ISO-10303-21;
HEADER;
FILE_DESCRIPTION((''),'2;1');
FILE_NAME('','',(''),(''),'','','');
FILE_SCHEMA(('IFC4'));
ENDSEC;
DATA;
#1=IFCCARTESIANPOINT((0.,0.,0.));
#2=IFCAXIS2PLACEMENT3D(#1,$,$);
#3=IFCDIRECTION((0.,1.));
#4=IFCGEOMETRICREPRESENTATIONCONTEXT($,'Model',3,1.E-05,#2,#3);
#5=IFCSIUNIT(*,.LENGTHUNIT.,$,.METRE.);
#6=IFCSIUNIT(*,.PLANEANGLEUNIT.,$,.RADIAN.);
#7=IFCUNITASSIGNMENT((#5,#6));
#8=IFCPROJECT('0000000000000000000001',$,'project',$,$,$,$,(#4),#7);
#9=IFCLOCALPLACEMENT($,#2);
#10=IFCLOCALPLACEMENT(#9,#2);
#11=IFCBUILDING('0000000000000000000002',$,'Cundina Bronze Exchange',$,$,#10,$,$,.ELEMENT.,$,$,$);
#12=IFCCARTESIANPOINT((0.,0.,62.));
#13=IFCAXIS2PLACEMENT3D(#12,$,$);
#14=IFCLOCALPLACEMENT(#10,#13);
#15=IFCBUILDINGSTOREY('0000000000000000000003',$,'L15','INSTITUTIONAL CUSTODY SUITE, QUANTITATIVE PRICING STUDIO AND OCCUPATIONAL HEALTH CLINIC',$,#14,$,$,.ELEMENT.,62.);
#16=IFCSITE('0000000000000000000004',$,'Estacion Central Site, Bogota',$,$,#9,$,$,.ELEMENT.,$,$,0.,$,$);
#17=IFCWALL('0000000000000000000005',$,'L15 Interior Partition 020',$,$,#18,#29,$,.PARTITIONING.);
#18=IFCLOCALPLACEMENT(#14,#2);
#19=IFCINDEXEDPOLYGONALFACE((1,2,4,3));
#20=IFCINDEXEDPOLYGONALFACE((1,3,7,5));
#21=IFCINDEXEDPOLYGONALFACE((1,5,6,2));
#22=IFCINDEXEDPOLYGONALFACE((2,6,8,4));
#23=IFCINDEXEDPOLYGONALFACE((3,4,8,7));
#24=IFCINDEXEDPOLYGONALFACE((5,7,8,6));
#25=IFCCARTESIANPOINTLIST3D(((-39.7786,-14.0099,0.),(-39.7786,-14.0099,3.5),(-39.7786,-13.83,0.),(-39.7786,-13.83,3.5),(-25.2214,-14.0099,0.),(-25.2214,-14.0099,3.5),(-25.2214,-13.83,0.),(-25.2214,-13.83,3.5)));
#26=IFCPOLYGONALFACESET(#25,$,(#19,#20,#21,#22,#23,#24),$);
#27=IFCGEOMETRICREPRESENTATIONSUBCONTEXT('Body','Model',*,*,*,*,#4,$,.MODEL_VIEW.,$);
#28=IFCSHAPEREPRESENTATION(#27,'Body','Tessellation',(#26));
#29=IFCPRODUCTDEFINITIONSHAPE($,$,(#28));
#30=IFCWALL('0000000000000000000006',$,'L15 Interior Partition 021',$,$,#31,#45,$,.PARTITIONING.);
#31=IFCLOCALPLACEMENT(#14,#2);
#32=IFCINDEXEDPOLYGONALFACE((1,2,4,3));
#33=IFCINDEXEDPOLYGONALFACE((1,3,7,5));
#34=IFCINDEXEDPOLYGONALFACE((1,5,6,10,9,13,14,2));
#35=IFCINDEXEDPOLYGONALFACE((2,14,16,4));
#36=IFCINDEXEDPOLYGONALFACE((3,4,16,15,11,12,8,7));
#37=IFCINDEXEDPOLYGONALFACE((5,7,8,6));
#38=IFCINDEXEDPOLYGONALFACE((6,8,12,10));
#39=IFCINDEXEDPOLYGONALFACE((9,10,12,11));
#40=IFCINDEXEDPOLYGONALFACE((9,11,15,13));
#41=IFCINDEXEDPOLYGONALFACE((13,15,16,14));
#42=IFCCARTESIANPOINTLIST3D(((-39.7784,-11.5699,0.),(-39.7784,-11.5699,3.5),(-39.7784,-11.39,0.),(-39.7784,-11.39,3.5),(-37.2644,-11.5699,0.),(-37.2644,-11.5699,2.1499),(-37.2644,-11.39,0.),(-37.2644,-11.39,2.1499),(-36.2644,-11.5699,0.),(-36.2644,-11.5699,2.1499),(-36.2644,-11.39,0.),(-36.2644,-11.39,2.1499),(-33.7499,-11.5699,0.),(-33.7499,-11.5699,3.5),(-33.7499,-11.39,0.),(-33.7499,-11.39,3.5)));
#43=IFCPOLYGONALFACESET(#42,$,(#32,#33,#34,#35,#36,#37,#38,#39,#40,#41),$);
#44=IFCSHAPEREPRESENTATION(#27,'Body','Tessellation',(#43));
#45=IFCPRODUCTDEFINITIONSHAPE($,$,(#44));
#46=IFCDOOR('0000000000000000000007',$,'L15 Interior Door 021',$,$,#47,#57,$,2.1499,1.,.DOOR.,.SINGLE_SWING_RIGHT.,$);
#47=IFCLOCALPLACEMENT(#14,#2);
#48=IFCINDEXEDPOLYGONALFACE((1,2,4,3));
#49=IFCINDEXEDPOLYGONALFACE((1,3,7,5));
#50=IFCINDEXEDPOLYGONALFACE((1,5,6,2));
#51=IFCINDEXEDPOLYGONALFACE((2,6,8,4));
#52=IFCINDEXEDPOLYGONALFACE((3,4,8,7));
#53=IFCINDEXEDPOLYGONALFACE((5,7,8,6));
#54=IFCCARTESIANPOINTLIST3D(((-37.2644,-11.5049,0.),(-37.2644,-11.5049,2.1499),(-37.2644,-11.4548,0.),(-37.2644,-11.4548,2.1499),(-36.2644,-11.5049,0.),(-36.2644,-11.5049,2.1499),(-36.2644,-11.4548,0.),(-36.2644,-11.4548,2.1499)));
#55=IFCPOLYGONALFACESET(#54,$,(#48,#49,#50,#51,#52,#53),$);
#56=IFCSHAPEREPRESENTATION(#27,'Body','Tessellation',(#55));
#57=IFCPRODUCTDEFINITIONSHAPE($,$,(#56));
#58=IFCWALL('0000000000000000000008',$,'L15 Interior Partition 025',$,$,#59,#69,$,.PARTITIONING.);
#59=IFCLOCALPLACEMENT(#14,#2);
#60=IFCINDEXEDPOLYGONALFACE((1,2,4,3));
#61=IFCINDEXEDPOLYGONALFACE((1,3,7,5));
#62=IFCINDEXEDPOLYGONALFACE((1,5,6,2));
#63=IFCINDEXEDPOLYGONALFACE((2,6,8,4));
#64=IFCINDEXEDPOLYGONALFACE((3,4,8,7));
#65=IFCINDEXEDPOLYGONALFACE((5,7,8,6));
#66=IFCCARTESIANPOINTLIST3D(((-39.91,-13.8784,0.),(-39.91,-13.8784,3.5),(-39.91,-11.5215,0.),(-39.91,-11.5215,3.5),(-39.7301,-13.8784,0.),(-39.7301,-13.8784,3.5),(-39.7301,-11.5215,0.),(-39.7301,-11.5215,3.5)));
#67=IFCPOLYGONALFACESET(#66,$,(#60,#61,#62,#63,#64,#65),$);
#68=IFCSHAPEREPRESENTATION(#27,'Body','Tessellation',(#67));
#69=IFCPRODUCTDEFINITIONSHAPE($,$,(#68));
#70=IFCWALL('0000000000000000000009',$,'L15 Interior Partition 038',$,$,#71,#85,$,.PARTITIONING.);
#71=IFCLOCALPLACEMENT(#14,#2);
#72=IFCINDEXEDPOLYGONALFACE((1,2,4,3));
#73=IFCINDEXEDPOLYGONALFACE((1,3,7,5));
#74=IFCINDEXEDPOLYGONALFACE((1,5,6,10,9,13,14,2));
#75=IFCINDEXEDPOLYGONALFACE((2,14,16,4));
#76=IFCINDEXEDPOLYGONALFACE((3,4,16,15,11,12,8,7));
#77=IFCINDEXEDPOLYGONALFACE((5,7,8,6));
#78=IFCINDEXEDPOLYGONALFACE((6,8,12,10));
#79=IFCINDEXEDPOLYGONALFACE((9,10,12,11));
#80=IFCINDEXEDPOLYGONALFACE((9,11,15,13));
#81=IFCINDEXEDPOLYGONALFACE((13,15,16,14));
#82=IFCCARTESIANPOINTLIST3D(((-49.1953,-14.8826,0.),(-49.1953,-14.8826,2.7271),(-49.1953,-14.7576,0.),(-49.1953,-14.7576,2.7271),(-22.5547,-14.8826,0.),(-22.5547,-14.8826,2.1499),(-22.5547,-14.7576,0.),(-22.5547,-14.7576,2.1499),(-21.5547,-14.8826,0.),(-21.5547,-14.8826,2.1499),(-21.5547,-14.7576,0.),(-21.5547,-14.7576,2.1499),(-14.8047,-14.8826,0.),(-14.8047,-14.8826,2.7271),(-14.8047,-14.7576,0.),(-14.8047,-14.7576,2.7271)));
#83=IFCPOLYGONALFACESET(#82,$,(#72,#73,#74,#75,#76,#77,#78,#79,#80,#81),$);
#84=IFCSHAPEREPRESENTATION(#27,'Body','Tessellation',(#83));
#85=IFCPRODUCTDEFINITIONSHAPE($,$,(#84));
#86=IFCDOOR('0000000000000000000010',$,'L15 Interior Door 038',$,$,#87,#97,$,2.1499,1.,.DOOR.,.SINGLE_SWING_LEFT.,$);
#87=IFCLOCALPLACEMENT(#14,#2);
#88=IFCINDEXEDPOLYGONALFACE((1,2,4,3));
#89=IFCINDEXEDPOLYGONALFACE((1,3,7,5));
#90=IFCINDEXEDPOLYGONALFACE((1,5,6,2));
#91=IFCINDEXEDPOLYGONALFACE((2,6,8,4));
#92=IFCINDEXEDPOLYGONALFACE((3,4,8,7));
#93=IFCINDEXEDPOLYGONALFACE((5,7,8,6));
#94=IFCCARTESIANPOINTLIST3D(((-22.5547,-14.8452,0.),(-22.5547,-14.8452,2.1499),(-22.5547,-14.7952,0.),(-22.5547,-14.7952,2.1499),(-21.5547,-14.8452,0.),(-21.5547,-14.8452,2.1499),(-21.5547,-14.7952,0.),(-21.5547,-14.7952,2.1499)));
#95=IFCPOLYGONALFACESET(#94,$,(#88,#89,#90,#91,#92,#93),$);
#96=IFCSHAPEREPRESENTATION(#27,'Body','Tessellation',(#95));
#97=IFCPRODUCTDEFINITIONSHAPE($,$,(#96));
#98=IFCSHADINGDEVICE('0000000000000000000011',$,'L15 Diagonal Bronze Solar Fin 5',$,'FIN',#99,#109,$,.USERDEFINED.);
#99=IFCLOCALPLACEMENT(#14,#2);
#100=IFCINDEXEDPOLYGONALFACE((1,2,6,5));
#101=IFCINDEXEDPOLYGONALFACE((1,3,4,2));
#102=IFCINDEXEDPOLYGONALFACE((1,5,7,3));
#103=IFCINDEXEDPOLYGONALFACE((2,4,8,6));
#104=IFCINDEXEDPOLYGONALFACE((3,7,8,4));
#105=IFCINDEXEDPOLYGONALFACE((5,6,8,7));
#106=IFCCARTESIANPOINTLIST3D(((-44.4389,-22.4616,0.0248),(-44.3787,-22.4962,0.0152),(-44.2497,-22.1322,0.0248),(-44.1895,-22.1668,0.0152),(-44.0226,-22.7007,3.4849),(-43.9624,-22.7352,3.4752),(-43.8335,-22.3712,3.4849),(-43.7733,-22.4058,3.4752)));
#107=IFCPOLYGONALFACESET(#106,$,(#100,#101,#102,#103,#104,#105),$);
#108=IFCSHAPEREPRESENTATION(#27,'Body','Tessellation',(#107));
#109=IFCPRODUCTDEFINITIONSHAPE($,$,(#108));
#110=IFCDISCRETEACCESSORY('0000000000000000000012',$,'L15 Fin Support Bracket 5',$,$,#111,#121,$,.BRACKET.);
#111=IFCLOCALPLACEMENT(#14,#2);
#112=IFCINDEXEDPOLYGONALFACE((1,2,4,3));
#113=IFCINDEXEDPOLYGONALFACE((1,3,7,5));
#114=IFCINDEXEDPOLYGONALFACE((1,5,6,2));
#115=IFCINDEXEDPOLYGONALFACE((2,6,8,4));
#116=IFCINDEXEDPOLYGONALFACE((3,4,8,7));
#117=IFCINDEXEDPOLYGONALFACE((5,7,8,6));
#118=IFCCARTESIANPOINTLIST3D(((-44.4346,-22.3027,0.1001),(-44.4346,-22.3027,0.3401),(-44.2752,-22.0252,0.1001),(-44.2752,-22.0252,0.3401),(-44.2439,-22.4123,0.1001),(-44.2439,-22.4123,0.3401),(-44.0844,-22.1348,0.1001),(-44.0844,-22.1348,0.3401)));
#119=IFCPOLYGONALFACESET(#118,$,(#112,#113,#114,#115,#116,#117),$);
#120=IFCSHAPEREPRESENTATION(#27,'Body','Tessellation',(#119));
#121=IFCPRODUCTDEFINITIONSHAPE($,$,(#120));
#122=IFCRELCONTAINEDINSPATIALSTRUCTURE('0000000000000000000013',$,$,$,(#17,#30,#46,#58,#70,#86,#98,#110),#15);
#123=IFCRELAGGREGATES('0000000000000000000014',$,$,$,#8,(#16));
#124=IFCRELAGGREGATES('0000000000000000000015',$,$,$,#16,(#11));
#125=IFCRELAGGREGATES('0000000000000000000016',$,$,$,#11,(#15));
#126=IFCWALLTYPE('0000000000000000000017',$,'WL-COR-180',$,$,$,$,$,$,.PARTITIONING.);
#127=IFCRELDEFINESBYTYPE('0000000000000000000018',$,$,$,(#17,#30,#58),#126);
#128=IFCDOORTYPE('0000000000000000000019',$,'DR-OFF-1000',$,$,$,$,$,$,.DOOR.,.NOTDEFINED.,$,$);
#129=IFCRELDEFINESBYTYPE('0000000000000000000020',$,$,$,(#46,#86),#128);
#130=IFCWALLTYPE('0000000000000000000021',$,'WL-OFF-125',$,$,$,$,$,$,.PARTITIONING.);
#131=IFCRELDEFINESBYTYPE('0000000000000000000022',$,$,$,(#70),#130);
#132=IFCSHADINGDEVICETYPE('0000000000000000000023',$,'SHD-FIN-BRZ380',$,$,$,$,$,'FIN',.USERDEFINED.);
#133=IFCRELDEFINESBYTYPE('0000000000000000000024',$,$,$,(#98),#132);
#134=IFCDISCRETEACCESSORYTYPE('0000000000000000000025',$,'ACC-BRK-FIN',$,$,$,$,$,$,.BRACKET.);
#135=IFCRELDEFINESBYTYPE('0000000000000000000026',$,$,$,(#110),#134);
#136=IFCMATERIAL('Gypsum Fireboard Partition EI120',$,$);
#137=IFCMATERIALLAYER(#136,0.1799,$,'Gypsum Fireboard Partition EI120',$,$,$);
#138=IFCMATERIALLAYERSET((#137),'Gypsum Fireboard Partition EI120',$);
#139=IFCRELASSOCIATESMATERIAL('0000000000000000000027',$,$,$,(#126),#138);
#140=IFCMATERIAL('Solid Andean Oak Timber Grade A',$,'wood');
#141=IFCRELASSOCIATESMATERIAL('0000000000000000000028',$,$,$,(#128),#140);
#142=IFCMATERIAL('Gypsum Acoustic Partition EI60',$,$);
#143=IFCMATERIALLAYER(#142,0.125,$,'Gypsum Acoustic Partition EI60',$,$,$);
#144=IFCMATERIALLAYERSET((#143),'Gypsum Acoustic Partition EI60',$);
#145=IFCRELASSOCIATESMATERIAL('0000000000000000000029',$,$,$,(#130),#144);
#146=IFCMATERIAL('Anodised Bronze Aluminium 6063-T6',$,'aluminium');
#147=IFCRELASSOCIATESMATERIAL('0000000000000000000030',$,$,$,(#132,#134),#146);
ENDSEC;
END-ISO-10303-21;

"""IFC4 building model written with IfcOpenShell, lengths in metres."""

from ifc_helpers import new_model, si_unit, direction, frame, frame_2d, origin, origin_2d, place, context, subcontext, project, spatial, rectangle, extrude, material, layer, layer_set, material_profile, profile_set, type_object, element, fill, save


model = new_model("IFC4")

# Units and contexts
model_context = context("Model", 3, precision=1e-05, world=origin(), true_north=direction((0.0, 1.0)))
body_context = subcontext(model_context, "Body", "Model", "MODEL_VIEW")
ifc_project = project(units=[si_unit("LENGTHUNIT", "METRE"), si_unit("PLANEANGLEUNIT", "RADIAN")], contexts=[model_context])

# Site, building, storey
site_placement = place(None, origin())
site = spatial("IfcSite", under=ifc_project, at=site_placement, Name="Estacion Central Site, Bogota", CompositionType="ELEMENT", RefElevation=0.0)
building_placement = place(site_placement, origin())
building = spatial("IfcBuilding", under=site, at=building_placement, Name="Cundina Bronze Exchange", CompositionType="ELEMENT")
storey_placement = place(building_placement, frame((0.0, 0.0, 62.0)))
storey = spatial("IfcBuildingStorey", under=building, at=storey_placement, Name="L15", Description="INSTITUTIONAL CUSTODY SUITE, QUANTITATIVE PRICING STUDIO AND OCCUPATIONAL HEALTH CLINIC", CompositionType="ELEMENT", Elevation=62.0)

# Shared definitions
ifc_material_1 = material(Name="Anodised Bronze Aluminium 6063-T6", Category="aluminium")

# Wall
ifc_material_2 = material(Name="Gypsum Fireboard Partition EI120")
ifc_layer_1 = layer(ifc_material_2, 0.1799, Name="Gypsum Fireboard Partition EI120")
ifc_layer_set_1 = layer_set([ifc_layer_1], Name="Gypsum Fireboard Partition EI120")
wall_type_1 = type_object("IfcWallType", Name="WL-COR-180", PredefinedType="PARTITIONING", material=ifc_layer_set_1)
wall_1_placement = place(storey_placement, frame((-39.7786, -13.9199, 0.0), z_axis=(0.0, 0.0, 1.0), x_axis=(1.0, 0.0, 0.0)))
element("IfcWall", 1, at=wall_1_placement, inside=storey, type_object=wall_type_1, Name="L15 Interior Partition 020", PredefinedType="PARTITIONING", context=body_context, shape_type="SweptSolid", body=[
    extrude(rectangle(XDim=14.5571, YDim=0.1799, at=frame_2d((7.2786, 0.0))), origin(), (0.0, 0.0, 1.0), 3.5),
])

# Wall, opening, door
wall_2_placement = place(storey_placement, frame((-33.75, -11.48, 0.0), z_axis=(0.0, 0.0, 1.0), x_axis=(-1.0, 0.0, 0.0)))
wall_2 = element("IfcWall", 2, at=wall_2_placement, inside=storey, type_object=wall_type_1, Name="L15 Interior Partition 021", PredefinedType="PARTITIONING", context=body_context, shape_type="SweptSolid", body=[
    extrude(rectangle(XDim=6.0286, YDim=0.1799, at=frame_2d((3.0142, 0.0))), origin(), (0.0, 0.0, 1.0), 3.5),
])
opening_1_placement = place(wall_2_placement, frame((2.5144, 0.0, 0.0)))
opening_1 = element("IfcOpeningElement", 3, at=opening_1_placement, cuts=wall_2, PredefinedType="OPENING", context=body_context, shape_type="SweptSolid", body=[
    extrude(rectangle(XDim=1.0, YDim=2.1499, at=frame_2d((0.5, 1.075))), frame((0.0, 0.0999, 0.0), z_axis=(0.0, -1.0, 0.0), x_axis=(1.0, 0.0, 0.0)), (0.0, 0.0, 1.0), 0.2),
])
ifc_material_3 = material(Name="Solid Andean Oak Timber Grade A", Category="wood")
door_type = type_object("IfcDoorType", Name="DR-OFF-1000", OperationType="NOTDEFINED", PredefinedType="DOOR", material=ifc_material_3)
door_1_placement = place(opening_1_placement, origin())
door_1 = element("IfcDoor", 4, at=door_1_placement, inside=storey, type_object=door_type, Name="L15 Interior Door 021", OperationType="SINGLE_SWING_RIGHT", OverallHeight=2.1499, OverallWidth=1.0, PredefinedType="DOOR", context=body_context, shape_type="SweptSolid", body=[
    extrude(rectangle(XDim=1.0, YDim=2.1499, at=frame_2d((0.5, 1.075))), frame((0.0, 0.0249, 0.0), z_axis=(0.0, -1.0, 0.0), x_axis=(1.0, 0.0, 0.0)), (0.0, 0.0, 1.0), 0.05),
])
fill(opening_1, door_1)

# Wall
wall_3_placement = place(storey_placement, frame((-39.8201, -11.5215, 0.0), z_axis=(0.0, 0.0, 1.0), x_axis=(0.0, -1.0, 0.0)))
element("IfcWall", 5, at=wall_3_placement, inside=storey, type_object=wall_type_1, Name="L15 Interior Partition 025", PredefinedType="PARTITIONING", context=body_context, shape_type="SweptSolid", body=[
    extrude(rectangle(XDim=2.3569, YDim=0.1799, at=frame_2d((1.1785, 0.0))), origin(), (0.0, 0.0, 1.0), 3.5),
])

# Wall, opening, door
ifc_material_4 = material(Name="Gypsum Acoustic Partition EI60")
ifc_layer_2 = layer(ifc_material_4, 0.125, Name="Gypsum Acoustic Partition EI60")
ifc_layer_set_2 = layer_set([ifc_layer_2], Name="Gypsum Acoustic Partition EI60")
wall_type_2 = type_object("IfcWallType", Name="WL-OFF-125", PredefinedType="PARTITIONING", material=ifc_layer_set_2)
wall_4_placement = place(storey_placement, frame((-49.1953, -14.8201, 0.0), z_axis=(0.0, 0.0, 1.0), x_axis=(1.0, 0.0, 0.0)))
wall_4 = element("IfcWall", 6, at=wall_4_placement, inside=storey, type_object=wall_type_2, Name="L15 Interior Partition 038", PredefinedType="PARTITIONING", context=body_context, shape_type="SweptSolid", body=[
    extrude(rectangle(XDim=34.3906, YDim=0.125, at=frame_2d((17.1953, 0.0))), origin(), (0.0, 0.0, 1.0), 2.7271),
])
opening_2_placement = place(wall_4_placement, frame((26.6406, 0.0, 0.0)))
opening_2 = element("IfcOpeningElement", 7, at=opening_2_placement, cuts=wall_4, PredefinedType="OPENING", context=body_context, shape_type="SweptSolid", body=[
    extrude(rectangle(XDim=1.0, YDim=2.1499, at=frame_2d((0.5, 1.075))), frame((0.0, 0.0725, 0.0), z_axis=(0.0, -1.0, 0.0), x_axis=(1.0, 0.0, 0.0)), (0.0, 0.0, 1.0), 0.145),
])
door_2_placement = place(opening_2_placement, origin())
door_2 = element("IfcDoor", 8, at=door_2_placement, inside=storey, type_object=door_type, Name="L15 Interior Door 038", OperationType="SINGLE_SWING_LEFT", OverallHeight=2.1499, OverallWidth=1.0, PredefinedType="DOOR", context=body_context, shape_type="SweptSolid", body=[
    extrude(rectangle(XDim=1.0, YDim=2.1499, at=frame_2d((0.5, 1.075))), frame((0.0, 0.0249, 0.0), z_axis=(0.0, -1.0, 0.0), x_axis=(1.0, 0.0, 0.0)), (0.0, 0.0, 1.0), 0.05),
])
fill(opening_2, door_2)

# Shading device
ifc_material_profile_1 = material_profile(ifc_material_1, rectangle(XDim=0.0701, YDim=0.3799, at=origin_2d()), Name="FIN70X380", Category="aluminium")
ifc_profile_set_1 = profile_set([ifc_material_profile_1], Name="Anodised Bronze Aluminium 6063-T6")
shading_device_type = type_object("IfcShadingDeviceType", Name="SHD-FIN-BRZ380", ElementType="FIN", PredefinedType="USERDEFINED", material=ifc_profile_set_1)
shading_device_placement = place(storey_placement, frame((-44.3142, -22.3142, 0.02), z_axis=(0.119166, -0.068425, 0.990514), x_axis=(-0.858982, 0.493222, 0.137414)))
element("IfcShadingDevice", 9, at=shading_device_placement, inside=storey, type_object=shading_device_type, Name="L15 Diagonal Bronze Solar Fin 5", ObjectType="FIN", PredefinedType="USERDEFINED", context=body_context, shape_type="SweptSolid", body=[
    extrude(rectangle(XDim=0.0701, YDim=0.3799, at=origin_2d()), origin(), (0.0, 0.0, 1.0), 3.4932),
])

# Discrete accessory
discrete_accessory_type = type_object("IfcDiscreteAccessoryType", Name="ACC-BRK-FIN", PredefinedType="BRACKET", material=ifc_material_1)
discrete_accessory_placement = place(storey_placement, frame((-44.2595, -22.2188, 0.1001), z_axis=(0.0, 0.0, 1.0), x_axis=(0.867105, -0.498125, 0.0)))
element("IfcDiscreteAccessory", 10, at=discrete_accessory_placement, inside=storey, type_object=discrete_accessory_type, Name="L15 Fin Support Bracket 5", PredefinedType="BRACKET", context=body_context, shape_type="SweptSolid", body=[
    extrude(rectangle(XDim=0.22, YDim=0.3201, at=origin_2d()), origin(), (0.0, 0.0, 1.0), 0.24),
])

save(model, "model.ifc")
